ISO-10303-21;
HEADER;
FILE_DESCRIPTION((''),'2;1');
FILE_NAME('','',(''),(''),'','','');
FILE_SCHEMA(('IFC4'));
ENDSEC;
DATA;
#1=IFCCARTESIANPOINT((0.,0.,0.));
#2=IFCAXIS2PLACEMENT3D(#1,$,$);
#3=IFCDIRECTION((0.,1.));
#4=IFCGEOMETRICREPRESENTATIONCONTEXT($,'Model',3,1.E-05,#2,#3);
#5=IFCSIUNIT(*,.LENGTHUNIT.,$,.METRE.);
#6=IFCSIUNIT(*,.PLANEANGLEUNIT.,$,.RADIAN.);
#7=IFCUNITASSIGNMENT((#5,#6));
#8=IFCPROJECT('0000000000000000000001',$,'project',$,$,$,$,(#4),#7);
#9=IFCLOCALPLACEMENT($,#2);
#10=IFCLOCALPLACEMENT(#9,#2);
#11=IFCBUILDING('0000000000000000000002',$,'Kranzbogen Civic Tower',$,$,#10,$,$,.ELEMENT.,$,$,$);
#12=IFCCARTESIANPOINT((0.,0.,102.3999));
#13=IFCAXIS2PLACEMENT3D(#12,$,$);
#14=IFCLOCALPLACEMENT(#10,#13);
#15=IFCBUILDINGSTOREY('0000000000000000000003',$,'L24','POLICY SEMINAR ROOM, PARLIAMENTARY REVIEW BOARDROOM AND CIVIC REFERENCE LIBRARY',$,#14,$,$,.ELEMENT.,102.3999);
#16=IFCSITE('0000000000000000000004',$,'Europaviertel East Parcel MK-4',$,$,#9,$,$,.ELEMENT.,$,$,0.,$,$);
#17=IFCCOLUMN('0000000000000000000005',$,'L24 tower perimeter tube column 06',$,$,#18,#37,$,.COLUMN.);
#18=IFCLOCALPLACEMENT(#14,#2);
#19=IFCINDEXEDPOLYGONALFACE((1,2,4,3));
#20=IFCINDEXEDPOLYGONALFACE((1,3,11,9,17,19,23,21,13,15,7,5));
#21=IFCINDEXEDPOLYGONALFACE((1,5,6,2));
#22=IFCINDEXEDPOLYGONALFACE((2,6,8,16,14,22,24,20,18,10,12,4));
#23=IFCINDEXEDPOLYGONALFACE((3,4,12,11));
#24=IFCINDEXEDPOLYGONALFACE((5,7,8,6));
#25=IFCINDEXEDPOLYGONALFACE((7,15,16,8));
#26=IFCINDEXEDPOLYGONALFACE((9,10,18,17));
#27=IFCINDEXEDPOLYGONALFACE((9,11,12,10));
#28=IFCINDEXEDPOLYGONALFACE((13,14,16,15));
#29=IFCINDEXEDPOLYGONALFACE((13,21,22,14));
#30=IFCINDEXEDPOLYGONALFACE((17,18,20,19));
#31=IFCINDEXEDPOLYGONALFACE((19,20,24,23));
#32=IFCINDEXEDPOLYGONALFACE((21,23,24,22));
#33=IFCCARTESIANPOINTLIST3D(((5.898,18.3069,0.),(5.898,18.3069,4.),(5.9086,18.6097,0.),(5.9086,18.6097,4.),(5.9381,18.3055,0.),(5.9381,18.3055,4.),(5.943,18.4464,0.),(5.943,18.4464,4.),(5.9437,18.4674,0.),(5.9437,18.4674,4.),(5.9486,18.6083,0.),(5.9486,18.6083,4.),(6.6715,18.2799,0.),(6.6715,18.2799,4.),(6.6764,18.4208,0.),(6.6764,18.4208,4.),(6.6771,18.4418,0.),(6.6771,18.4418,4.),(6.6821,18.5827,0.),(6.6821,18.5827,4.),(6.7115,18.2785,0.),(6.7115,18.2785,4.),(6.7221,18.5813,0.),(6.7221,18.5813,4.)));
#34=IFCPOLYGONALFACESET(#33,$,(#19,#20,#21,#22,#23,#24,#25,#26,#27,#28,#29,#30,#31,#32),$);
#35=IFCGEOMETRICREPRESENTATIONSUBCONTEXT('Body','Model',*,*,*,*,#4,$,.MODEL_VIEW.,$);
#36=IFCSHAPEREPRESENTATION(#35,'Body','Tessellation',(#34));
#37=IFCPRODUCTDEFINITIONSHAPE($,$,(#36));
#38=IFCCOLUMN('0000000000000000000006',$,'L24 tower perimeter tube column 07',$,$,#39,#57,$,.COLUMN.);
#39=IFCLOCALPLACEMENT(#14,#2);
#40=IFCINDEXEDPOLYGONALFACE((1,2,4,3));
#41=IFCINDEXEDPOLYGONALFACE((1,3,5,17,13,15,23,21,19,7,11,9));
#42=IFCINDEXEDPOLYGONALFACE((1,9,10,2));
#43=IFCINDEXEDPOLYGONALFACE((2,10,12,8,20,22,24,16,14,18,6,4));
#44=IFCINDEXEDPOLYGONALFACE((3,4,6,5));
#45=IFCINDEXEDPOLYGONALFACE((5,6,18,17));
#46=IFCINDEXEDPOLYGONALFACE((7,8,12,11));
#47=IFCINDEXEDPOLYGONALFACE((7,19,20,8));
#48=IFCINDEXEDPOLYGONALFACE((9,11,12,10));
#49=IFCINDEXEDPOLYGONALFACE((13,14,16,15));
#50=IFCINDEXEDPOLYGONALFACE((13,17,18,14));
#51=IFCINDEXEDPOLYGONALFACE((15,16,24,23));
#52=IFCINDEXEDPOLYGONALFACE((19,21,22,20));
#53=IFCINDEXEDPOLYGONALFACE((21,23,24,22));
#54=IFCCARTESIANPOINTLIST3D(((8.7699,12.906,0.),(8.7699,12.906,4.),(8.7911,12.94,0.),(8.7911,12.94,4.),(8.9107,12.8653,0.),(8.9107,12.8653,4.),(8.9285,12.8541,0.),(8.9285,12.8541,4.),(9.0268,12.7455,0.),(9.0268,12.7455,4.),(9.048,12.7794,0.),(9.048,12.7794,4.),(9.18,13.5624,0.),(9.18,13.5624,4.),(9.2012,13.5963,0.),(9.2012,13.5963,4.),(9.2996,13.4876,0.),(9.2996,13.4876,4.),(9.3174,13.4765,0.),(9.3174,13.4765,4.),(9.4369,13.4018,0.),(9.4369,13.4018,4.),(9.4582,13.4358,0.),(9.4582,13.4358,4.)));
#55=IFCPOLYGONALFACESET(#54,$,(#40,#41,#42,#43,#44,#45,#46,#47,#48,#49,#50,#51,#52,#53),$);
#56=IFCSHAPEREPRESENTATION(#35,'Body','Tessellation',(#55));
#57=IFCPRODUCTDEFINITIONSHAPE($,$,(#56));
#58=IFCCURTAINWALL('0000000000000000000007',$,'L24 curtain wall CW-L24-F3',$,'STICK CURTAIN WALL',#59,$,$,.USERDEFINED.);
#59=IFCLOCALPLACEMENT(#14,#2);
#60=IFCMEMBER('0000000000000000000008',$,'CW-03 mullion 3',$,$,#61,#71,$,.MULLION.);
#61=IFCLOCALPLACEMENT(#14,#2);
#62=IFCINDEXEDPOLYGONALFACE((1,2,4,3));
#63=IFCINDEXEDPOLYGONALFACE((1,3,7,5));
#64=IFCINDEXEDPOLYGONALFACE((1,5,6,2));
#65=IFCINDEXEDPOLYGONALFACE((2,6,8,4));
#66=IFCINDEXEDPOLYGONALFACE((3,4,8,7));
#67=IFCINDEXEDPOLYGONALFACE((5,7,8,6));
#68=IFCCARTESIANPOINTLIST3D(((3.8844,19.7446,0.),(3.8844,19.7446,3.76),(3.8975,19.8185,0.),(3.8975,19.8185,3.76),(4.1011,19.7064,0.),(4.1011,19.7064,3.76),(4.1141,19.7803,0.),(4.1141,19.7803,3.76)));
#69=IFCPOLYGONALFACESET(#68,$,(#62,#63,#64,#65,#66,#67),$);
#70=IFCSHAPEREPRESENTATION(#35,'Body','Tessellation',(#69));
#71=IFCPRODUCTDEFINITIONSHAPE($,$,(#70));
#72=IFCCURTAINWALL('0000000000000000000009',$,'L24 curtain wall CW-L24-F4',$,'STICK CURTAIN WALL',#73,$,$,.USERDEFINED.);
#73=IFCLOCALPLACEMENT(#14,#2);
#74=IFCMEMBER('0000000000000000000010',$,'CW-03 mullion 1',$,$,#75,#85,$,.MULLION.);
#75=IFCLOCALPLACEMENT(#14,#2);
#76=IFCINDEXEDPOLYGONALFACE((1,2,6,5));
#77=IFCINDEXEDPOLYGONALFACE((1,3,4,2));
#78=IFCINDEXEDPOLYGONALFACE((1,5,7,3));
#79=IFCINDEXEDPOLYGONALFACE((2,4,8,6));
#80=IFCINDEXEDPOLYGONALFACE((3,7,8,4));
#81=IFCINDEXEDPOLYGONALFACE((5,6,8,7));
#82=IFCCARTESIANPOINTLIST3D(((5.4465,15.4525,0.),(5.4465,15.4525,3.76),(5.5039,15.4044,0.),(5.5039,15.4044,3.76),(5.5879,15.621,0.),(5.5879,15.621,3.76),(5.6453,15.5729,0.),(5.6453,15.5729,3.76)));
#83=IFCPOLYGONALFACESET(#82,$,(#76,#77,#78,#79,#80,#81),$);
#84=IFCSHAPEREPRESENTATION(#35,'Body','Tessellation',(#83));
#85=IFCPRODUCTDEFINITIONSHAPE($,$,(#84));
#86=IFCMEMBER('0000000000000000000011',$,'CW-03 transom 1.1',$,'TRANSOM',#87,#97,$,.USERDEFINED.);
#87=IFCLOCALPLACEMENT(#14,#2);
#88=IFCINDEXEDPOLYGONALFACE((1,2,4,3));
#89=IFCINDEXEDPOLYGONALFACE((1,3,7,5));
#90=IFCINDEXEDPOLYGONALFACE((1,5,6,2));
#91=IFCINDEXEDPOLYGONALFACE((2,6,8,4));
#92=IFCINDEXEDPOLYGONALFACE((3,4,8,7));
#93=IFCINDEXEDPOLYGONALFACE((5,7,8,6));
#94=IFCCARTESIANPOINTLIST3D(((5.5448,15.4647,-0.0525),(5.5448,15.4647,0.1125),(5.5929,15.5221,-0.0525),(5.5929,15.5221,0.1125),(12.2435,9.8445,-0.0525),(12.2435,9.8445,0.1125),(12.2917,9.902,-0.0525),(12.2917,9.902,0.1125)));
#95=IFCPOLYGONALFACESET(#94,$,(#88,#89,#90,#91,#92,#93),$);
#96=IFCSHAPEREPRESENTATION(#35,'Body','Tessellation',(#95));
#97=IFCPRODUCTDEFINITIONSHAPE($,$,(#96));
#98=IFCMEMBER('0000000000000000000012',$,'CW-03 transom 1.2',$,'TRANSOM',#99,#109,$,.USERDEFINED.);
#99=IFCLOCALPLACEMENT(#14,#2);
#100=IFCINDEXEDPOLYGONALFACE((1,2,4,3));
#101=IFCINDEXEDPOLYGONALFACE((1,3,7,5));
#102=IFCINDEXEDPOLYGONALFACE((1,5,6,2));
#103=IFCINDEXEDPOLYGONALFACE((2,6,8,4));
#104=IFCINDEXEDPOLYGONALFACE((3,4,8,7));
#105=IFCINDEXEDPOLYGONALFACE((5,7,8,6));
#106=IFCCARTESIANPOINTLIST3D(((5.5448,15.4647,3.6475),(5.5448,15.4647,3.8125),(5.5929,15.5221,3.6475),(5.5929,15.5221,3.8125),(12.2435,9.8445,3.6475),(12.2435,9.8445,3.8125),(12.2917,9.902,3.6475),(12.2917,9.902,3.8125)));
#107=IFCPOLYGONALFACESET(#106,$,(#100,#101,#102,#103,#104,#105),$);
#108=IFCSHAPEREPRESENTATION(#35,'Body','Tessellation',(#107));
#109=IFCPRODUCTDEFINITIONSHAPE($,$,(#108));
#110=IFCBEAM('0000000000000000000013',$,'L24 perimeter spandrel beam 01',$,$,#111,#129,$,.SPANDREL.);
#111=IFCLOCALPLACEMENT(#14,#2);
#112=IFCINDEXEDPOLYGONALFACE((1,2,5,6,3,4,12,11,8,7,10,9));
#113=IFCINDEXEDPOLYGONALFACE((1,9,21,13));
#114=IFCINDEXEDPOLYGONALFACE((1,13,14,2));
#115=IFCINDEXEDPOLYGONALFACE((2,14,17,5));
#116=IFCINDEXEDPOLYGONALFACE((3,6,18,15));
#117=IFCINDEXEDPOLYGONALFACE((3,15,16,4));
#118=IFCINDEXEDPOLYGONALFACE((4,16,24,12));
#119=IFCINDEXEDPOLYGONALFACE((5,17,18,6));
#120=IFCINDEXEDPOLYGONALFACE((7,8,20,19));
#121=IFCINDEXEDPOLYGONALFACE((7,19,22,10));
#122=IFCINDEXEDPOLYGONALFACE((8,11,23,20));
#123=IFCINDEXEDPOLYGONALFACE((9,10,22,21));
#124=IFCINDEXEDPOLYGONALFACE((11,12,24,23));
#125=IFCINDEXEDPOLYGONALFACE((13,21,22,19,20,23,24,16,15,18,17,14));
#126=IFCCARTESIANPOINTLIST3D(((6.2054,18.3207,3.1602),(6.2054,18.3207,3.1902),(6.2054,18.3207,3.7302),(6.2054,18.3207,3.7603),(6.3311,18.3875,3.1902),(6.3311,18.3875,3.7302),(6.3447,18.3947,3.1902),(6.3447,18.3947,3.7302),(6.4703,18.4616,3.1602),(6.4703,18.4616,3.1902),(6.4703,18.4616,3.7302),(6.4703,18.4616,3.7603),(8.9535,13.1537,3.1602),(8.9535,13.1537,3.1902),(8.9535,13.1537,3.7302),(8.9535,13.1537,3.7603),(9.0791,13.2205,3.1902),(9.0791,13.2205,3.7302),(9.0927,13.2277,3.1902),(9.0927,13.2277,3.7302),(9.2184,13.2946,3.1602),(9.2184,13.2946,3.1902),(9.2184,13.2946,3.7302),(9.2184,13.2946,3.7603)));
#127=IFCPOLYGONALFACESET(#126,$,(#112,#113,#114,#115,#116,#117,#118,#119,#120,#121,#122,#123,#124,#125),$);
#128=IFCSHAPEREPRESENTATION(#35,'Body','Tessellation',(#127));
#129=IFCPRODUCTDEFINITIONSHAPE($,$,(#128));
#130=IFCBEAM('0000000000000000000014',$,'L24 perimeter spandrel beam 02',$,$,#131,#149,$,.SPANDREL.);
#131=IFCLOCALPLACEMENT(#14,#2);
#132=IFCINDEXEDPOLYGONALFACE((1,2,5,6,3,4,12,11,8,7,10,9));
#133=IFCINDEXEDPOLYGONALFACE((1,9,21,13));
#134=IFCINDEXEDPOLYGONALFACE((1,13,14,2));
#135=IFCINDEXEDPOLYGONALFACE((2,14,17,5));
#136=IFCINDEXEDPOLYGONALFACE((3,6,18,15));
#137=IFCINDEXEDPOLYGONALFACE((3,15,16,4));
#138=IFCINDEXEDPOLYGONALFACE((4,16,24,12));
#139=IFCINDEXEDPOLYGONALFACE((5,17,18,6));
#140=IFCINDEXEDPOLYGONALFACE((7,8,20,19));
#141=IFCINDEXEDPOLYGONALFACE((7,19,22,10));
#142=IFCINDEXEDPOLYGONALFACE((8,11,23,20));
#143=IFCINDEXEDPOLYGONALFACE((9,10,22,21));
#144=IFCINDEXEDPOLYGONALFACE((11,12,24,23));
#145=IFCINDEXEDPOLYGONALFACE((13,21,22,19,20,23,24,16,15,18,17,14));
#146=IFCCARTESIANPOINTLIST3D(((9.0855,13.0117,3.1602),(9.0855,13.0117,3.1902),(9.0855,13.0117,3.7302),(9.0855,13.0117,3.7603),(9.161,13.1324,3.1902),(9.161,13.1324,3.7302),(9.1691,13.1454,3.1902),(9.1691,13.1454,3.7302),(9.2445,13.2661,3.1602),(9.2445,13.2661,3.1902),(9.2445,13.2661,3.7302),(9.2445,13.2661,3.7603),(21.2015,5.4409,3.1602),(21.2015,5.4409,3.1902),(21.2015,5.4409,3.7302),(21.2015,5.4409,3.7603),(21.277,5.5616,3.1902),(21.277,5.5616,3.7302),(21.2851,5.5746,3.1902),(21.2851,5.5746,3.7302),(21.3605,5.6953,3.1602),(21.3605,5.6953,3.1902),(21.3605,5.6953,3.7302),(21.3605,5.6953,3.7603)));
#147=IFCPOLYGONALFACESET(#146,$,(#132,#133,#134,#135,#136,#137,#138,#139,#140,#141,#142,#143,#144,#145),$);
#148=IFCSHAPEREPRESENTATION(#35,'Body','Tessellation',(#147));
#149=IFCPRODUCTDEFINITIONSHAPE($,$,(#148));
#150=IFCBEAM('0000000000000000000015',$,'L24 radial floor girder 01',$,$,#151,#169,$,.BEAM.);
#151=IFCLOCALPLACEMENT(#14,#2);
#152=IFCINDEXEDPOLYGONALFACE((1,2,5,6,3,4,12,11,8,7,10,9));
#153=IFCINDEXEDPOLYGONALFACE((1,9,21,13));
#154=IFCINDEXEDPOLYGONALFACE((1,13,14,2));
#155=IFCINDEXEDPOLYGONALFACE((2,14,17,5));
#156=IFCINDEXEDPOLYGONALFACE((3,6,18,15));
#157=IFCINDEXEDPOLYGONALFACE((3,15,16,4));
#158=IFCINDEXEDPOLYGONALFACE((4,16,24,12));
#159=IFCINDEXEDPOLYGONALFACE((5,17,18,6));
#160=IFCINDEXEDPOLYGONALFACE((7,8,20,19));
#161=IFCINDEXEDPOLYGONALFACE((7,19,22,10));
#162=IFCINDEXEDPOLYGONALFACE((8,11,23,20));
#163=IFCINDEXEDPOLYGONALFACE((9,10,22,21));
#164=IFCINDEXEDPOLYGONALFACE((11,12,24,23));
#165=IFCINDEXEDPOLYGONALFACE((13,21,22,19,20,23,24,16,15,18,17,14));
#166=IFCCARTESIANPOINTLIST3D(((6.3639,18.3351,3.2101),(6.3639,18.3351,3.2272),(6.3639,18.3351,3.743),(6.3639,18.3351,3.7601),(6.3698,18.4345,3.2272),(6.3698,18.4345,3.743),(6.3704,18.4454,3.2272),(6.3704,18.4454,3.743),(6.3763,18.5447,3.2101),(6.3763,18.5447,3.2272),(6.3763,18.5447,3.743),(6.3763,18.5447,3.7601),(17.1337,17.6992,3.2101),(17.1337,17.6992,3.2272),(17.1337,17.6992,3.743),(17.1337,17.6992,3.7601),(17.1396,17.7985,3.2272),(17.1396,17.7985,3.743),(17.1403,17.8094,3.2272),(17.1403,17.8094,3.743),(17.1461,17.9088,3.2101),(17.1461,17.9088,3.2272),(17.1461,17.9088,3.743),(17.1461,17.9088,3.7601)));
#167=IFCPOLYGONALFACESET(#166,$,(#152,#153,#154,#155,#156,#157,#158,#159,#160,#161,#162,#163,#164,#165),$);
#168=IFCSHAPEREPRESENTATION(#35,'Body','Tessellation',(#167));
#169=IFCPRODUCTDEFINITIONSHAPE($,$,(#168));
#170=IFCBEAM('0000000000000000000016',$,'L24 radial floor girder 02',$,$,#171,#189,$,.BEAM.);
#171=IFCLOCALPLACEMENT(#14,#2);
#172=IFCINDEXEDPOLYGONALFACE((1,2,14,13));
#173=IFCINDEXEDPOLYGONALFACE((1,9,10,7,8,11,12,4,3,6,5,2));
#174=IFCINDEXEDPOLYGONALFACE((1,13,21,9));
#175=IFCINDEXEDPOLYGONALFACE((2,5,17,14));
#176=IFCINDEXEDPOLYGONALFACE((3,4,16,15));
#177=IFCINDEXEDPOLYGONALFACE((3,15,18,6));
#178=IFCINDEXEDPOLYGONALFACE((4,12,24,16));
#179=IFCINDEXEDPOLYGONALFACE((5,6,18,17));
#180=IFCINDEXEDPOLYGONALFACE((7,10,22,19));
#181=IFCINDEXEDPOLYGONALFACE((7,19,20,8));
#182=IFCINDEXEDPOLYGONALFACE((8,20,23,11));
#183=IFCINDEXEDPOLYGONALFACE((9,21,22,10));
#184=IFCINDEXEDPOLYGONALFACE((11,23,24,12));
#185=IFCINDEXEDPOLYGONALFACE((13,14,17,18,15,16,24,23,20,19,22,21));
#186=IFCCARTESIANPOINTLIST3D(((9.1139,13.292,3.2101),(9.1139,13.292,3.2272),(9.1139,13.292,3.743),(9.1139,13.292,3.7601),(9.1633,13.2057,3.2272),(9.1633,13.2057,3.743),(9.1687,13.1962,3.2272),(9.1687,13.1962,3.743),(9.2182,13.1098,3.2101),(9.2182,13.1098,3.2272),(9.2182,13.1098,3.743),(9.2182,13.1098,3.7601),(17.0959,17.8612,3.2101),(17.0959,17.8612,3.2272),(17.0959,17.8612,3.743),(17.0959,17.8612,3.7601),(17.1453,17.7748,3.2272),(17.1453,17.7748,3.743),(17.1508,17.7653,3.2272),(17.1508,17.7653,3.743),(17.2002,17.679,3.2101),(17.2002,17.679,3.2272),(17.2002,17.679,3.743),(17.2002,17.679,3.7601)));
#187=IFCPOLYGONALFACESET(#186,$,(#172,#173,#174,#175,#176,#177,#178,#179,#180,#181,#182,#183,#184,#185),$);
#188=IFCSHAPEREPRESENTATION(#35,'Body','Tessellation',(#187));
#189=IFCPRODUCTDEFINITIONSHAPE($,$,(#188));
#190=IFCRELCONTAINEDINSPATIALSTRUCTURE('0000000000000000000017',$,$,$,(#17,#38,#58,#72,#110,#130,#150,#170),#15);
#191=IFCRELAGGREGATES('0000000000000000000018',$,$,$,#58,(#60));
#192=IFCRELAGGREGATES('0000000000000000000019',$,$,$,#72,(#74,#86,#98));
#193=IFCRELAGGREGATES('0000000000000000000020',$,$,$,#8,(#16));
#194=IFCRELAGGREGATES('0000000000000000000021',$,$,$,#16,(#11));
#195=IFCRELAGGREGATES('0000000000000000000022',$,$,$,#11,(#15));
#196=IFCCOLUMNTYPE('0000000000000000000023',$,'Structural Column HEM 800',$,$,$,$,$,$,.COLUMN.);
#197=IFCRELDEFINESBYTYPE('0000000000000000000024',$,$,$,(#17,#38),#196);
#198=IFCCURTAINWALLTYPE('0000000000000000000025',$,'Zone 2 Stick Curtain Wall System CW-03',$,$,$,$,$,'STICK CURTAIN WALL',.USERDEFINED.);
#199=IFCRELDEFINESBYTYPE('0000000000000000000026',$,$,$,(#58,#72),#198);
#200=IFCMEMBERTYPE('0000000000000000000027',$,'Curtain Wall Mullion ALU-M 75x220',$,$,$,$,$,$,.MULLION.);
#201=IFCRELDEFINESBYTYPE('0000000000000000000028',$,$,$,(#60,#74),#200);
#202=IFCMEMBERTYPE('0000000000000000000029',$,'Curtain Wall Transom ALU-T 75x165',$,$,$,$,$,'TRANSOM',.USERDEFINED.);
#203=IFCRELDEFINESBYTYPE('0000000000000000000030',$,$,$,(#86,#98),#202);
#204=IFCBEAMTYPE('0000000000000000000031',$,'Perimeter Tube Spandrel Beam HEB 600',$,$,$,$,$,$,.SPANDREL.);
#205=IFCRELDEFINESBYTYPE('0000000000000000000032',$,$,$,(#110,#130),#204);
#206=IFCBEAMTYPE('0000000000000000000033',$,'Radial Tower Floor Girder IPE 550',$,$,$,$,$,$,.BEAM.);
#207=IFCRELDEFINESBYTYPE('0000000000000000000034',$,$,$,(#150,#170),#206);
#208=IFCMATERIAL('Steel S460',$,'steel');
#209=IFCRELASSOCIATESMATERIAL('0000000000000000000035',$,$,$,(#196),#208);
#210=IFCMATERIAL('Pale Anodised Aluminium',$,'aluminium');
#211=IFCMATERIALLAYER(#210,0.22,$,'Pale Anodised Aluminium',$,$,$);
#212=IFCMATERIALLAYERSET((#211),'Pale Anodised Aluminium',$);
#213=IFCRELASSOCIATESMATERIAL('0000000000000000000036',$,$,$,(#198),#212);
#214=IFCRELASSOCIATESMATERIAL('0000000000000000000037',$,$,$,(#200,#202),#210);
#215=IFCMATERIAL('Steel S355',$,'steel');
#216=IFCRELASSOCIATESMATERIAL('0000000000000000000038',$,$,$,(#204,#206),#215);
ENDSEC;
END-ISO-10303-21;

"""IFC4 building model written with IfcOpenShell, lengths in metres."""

from ifc_helpers import new_model, si_unit, direction, frame, origin, origin_2d, place, context, subcontext, project, spatial, rectangle, i_section, extrude, material, layer, layer_set, material_profile, profile_set, type_object, element, aggregate, save


model = new_model("IFC4")

# Units and contexts
model_context = context("Model", 3, precision=1e-05, world=origin(), true_north=direction((0.0, 1.0)))
body_context = subcontext(model_context, "Body", "Model", "MODEL_VIEW")
ifc_project = project(units=[si_unit("LENGTHUNIT", "METRE"), si_unit("PLANEANGLEUNIT", "RADIAN")], contexts=[model_context])

# Site, building, storey
site_placement = place(None, origin())
site = spatial("IfcSite", under=ifc_project, at=site_placement, Name="Europaviertel East Parcel MK-4", CompositionType="ELEMENT", RefElevation=0.0)
building_placement = place(site_placement, origin())
building = spatial("IfcBuilding", under=site, at=building_placement, Name="Kranzbogen Civic Tower", CompositionType="ELEMENT")
storey_placement = place(building_placement, frame((0.0, 0.0, 102.3999)))
storey = spatial("IfcBuildingStorey", under=building, at=storey_placement, Name="L24", Description="POLICY SEMINAR ROOM, PARLIAMENTARY REVIEW BOARDROOM AND CIVIC REFERENCE LIBRARY", CompositionType="ELEMENT", Elevation=102.3999)

# Columns
ifc_material_1 = material(Name="Steel S460", Category="steel")
ifc_material_profile_1 = material_profile(ifc_material_1, i_section(OverallWidth=0.303, OverallDepth=0.814, WebThickness=0.021, FlangeThickness=0.04, at=origin_2d()), Name="HEM 800")
ifc_profile_set_1 = profile_set([ifc_material_profile_1], Name="Steel S460")
column_type = type_object("IfcColumnType", Name="Structural Column HEM 800", PredefinedType="COLUMN", material=ifc_profile_set_1)
for number, where, z_axis, x_axis, name in (
    (1, (6.3101, 18.4441, 0.0), (0.0, 0.0, 1.0), (0.034899, 0.999391, 0.0), "L24 tower perimeter tube column 06"),
    (2, (9.114, 13.1709, 0.0), (0.0, 0.0, 1.0), (-0.848048, 0.529919, 0.0), "L24 tower perimeter tube column 07"),
):
    element("IfcColumn", number, at=place(storey_placement, frame(where, z_axis=z_axis, x_axis=x_axis)), inside=storey, type_object=column_type, Name=name, PredefinedType="COLUMN", context=body_context, shape_type="SweptSolid", body=[
        extrude(i_section(OverallWidth=0.303, OverallDepth=0.814, WebThickness=0.021, FlangeThickness=0.04, at=origin_2d()), origin(), (0.0, 0.0, 1.0), 4.0),
    ])

# Curtain wall, member
ifc_material_2 = material(Name="Pale Anodised Aluminium", Category="aluminium")
ifc_layer_1 = layer(ifc_material_2, 0.22, Name="Pale Anodised Aluminium")
ifc_layer_set_1 = layer_set([ifc_layer_1], Name="Pale Anodised Aluminium")
curtain_wall_type = type_object("IfcCurtainWallType", Name="Zone 2 Stick Curtain Wall System CW-03", ElementType="STICK CURTAIN WALL", PredefinedType="USERDEFINED", material=ifc_layer_set_1)
curtain_wall_1_placement = place(storey_placement, origin())
curtain_wall_1 = element("IfcCurtainWall", 3, at=curtain_wall_1_placement, inside=storey, type_object=curtain_wall_type, Name="L24 curtain wall CW-L24-F3", ObjectType="STICK CURTAIN WALL", PredefinedType="USERDEFINED")
ifc_material_profile_2 = material_profile(ifc_material_2, rectangle(XDim=0.075, YDim=0.22, at=origin_2d()), Name="ALU-M 75x220")
ifc_profile_set_2 = profile_set([ifc_material_profile_2], Name="Pale Anodised Aluminium")
member_type_1 = type_object("IfcMemberType", Name="Curtain Wall Mullion ALU-M 75x220", PredefinedType="MULLION", material=ifc_profile_set_2)
member_1_placement = place(storey_placement, frame((3.9993, 19.7625, 0.0), z_axis=(0.0, 0.0, 1.0), x_axis=(-0.173634, -0.98481, 0.0)))
member_1 = element("IfcMember", 4, at=member_1_placement, type_object=member_type_1, Name="CW-03 mullion 3", PredefinedType="MULLION", context=body_context, shape_type="SweptSolid", body=[
    extrude(rectangle(XDim=0.075, YDim=0.22, at=origin_2d()), origin(), (0.0, 0.0, 1.0), 3.76),
])
aggregate(curtain_wall_1, [member_1])

# Curtain wall, members
curtain_wall_2_placement = place(storey_placement, origin())
curtain_wall_2 = element("IfcCurtainWall", 5, at=curtain_wall_2_placement, inside=storey, type_object=curtain_wall_type, Name="L24 curtain wall CW-L24-F4", ObjectType="STICK CURTAIN WALL", PredefinedType="USERDEFINED")
member_2_placement = place(storey_placement, frame((5.5459, 15.5127, 0.0), z_axis=(0.0, 0.0, 1.0), x_axis=(0.766078, -0.642747, 0.0)))
member_2 = element("IfcMember", 6, at=member_2_placement, type_object=member_type_1, Name="CW-03 mullion 1", PredefinedType="MULLION", context=body_context, shape_type="SweptSolid", body=[
    extrude(rectangle(XDim=0.075, YDim=0.22, at=origin_2d()), origin(), (0.0, 0.0, 1.0), 3.76),
])
ifc_material_profile_3 = material_profile(ifc_material_2, rectangle(XDim=0.075, YDim=0.165, at=origin_2d()), Name="ALU-T 75x165")
ifc_profile_set_3 = profile_set([ifc_material_profile_3], Name="Pale Anodised Aluminium")
member_type_2 = type_object("IfcMemberType", Name="Curtain Wall Transom ALU-T 75x165", ElementType="TRANSOM", PredefinedType="USERDEFINED", material=ifc_profile_set_3)
member_3_placement = place(storey_placement, frame((5.5688, 15.4934, 0.03), z_axis=(0.766089, -0.642735, 0.0), x_axis=(0.642735, 0.766089, 0.0)))
member_3 = element("IfcMember", 7, at=member_3_placement, type_object=member_type_2, Name="CW-03 transom 1.1", ObjectType="TRANSOM", PredefinedType="USERDEFINED", context=body_context, shape_type="SweptSolid", body=[
    extrude(rectangle(XDim=0.075, YDim=0.165, at=origin_2d()), origin(), (0.0, 0.0, 1.0), 8.7441),
])
member_4_placement = place(storey_placement, frame((5.5688, 15.4934, 3.73), z_axis=(0.766089, -0.642735, 0.0), x_axis=(0.642735, 0.766089, 0.0)))
member_4 = element("IfcMember", 8, at=member_4_placement, type_object=member_type_2, Name="CW-03 transom 1.2", ObjectType="TRANSOM", PredefinedType="USERDEFINED", context=body_context, shape_type="SweptSolid", body=[
    extrude(rectangle(XDim=0.075, YDim=0.165, at=origin_2d()), origin(), (0.0, 0.0, 1.0), 8.7441),
])

# Beams
ifc_material_3 = material(Name="Steel S355", Category="steel")
ifc_material_profile_4 = material_profile(ifc_material_3, i_section(OverallWidth=0.3, OverallDepth=0.6001, WebThickness=0.0154, FlangeThickness=0.03, at=origin_2d()), Name="HEB 600")
ifc_profile_set_4 = profile_set([ifc_material_profile_4], Name="Steel S355")
beam_type_1 = type_object("IfcBeamType", Name="Perimeter Tube Spandrel Beam HEB 600", PredefinedType="SPANDREL", material=ifc_profile_set_4)
beam_1_placement = place(storey_placement, frame((6.3379, 18.3911, 3.4602), z_axis=(0.469566, -0.882897, 0.0), x_axis=(0.882897, 0.469566, 0.0)))
element("IfcBeam", 9, at=beam_1_placement, inside=storey, type_object=beam_type_1, Name="L24 perimeter spandrel beam 01", PredefinedType="SPANDREL", context=body_context, shape_type="SweptSolid", body=[
    extrude(i_section(OverallWidth=0.3, OverallDepth=0.6001, WebThickness=0.0154, FlangeThickness=0.03, at=origin_2d()), origin(), (0.0, 0.0, 1.0), 5.8523),
])
beam_2_placement = place(storey_placement, frame((9.165, 13.1389, 3.4602), z_axis=(0.848051, -0.529914, 0.0), x_axis=(0.529914, 0.848051, 0.0)))
element("IfcBeam", 10, at=beam_2_placement, inside=storey, type_object=beam_type_1, Name="L24 perimeter spandrel beam 02", PredefinedType="SPANDREL", context=body_context, shape_type="SweptSolid", body=[
    extrude(i_section(OverallWidth=0.3, OverallDepth=0.6001, WebThickness=0.0154, FlangeThickness=0.03, at=origin_2d()), origin(), (0.0, 0.0, 1.0), 14.2869),
])
ifc_material_profile_5 = material_profile(ifc_material_3, i_section(OverallWidth=0.21, OverallDepth=0.55, WebThickness=0.011, FlangeThickness=0.0171, at=origin_2d()), Name="IPE 550")
ifc_profile_set_5 = profile_set([ifc_material_profile_5], Name="Steel S355")
beam_type_2 = type_object("IfcBeamType", Name="Radial Tower Floor Girder IPE 550", PredefinedType="BEAM", material=ifc_profile_set_5)
beam_3_placement = place(storey_placement, frame((6.3701, 18.4399, 3.4851), z_axis=(0.998261, -0.05895, 0.0), x_axis=(0.05895, 0.998261, 0.0)))
element("IfcBeam", 11, at=beam_3_placement, inside=storey, type_object=beam_type_2, Name="L24 radial floor girder 01", PredefinedType="BEAM", context=body_context, shape_type="SweptSolid", body=[
    extrude(i_section(OverallWidth=0.21, OverallDepth=0.55, WebThickness=0.011, FlangeThickness=0.0171, at=origin_2d()), origin(), (0.0, 0.0, 1.0), 10.7886),
])
beam_4_placement = place(storey_placement, frame((9.166, 13.2009, 3.4851), z_axis=(0.867869, 0.496793, 0.0), x_axis=(-0.496793, 0.867869, 0.0)))
element("IfcBeam", 12, at=beam_4_placement, inside=storey, type_object=beam_type_2, Name="L24 radial floor girder 02", PredefinedType="BEAM", context=body_context, shape_type="SweptSolid", body=[
    extrude(i_section(OverallWidth=0.21, OverallDepth=0.55, WebThickness=0.011, FlangeThickness=0.0171, at=origin_2d()), origin(), (0.0, 0.0, 1.0), 9.1973),
])

aggregate(curtain_wall_2, [member_2, member_3, member_4])

save(model, "model.ifc")
